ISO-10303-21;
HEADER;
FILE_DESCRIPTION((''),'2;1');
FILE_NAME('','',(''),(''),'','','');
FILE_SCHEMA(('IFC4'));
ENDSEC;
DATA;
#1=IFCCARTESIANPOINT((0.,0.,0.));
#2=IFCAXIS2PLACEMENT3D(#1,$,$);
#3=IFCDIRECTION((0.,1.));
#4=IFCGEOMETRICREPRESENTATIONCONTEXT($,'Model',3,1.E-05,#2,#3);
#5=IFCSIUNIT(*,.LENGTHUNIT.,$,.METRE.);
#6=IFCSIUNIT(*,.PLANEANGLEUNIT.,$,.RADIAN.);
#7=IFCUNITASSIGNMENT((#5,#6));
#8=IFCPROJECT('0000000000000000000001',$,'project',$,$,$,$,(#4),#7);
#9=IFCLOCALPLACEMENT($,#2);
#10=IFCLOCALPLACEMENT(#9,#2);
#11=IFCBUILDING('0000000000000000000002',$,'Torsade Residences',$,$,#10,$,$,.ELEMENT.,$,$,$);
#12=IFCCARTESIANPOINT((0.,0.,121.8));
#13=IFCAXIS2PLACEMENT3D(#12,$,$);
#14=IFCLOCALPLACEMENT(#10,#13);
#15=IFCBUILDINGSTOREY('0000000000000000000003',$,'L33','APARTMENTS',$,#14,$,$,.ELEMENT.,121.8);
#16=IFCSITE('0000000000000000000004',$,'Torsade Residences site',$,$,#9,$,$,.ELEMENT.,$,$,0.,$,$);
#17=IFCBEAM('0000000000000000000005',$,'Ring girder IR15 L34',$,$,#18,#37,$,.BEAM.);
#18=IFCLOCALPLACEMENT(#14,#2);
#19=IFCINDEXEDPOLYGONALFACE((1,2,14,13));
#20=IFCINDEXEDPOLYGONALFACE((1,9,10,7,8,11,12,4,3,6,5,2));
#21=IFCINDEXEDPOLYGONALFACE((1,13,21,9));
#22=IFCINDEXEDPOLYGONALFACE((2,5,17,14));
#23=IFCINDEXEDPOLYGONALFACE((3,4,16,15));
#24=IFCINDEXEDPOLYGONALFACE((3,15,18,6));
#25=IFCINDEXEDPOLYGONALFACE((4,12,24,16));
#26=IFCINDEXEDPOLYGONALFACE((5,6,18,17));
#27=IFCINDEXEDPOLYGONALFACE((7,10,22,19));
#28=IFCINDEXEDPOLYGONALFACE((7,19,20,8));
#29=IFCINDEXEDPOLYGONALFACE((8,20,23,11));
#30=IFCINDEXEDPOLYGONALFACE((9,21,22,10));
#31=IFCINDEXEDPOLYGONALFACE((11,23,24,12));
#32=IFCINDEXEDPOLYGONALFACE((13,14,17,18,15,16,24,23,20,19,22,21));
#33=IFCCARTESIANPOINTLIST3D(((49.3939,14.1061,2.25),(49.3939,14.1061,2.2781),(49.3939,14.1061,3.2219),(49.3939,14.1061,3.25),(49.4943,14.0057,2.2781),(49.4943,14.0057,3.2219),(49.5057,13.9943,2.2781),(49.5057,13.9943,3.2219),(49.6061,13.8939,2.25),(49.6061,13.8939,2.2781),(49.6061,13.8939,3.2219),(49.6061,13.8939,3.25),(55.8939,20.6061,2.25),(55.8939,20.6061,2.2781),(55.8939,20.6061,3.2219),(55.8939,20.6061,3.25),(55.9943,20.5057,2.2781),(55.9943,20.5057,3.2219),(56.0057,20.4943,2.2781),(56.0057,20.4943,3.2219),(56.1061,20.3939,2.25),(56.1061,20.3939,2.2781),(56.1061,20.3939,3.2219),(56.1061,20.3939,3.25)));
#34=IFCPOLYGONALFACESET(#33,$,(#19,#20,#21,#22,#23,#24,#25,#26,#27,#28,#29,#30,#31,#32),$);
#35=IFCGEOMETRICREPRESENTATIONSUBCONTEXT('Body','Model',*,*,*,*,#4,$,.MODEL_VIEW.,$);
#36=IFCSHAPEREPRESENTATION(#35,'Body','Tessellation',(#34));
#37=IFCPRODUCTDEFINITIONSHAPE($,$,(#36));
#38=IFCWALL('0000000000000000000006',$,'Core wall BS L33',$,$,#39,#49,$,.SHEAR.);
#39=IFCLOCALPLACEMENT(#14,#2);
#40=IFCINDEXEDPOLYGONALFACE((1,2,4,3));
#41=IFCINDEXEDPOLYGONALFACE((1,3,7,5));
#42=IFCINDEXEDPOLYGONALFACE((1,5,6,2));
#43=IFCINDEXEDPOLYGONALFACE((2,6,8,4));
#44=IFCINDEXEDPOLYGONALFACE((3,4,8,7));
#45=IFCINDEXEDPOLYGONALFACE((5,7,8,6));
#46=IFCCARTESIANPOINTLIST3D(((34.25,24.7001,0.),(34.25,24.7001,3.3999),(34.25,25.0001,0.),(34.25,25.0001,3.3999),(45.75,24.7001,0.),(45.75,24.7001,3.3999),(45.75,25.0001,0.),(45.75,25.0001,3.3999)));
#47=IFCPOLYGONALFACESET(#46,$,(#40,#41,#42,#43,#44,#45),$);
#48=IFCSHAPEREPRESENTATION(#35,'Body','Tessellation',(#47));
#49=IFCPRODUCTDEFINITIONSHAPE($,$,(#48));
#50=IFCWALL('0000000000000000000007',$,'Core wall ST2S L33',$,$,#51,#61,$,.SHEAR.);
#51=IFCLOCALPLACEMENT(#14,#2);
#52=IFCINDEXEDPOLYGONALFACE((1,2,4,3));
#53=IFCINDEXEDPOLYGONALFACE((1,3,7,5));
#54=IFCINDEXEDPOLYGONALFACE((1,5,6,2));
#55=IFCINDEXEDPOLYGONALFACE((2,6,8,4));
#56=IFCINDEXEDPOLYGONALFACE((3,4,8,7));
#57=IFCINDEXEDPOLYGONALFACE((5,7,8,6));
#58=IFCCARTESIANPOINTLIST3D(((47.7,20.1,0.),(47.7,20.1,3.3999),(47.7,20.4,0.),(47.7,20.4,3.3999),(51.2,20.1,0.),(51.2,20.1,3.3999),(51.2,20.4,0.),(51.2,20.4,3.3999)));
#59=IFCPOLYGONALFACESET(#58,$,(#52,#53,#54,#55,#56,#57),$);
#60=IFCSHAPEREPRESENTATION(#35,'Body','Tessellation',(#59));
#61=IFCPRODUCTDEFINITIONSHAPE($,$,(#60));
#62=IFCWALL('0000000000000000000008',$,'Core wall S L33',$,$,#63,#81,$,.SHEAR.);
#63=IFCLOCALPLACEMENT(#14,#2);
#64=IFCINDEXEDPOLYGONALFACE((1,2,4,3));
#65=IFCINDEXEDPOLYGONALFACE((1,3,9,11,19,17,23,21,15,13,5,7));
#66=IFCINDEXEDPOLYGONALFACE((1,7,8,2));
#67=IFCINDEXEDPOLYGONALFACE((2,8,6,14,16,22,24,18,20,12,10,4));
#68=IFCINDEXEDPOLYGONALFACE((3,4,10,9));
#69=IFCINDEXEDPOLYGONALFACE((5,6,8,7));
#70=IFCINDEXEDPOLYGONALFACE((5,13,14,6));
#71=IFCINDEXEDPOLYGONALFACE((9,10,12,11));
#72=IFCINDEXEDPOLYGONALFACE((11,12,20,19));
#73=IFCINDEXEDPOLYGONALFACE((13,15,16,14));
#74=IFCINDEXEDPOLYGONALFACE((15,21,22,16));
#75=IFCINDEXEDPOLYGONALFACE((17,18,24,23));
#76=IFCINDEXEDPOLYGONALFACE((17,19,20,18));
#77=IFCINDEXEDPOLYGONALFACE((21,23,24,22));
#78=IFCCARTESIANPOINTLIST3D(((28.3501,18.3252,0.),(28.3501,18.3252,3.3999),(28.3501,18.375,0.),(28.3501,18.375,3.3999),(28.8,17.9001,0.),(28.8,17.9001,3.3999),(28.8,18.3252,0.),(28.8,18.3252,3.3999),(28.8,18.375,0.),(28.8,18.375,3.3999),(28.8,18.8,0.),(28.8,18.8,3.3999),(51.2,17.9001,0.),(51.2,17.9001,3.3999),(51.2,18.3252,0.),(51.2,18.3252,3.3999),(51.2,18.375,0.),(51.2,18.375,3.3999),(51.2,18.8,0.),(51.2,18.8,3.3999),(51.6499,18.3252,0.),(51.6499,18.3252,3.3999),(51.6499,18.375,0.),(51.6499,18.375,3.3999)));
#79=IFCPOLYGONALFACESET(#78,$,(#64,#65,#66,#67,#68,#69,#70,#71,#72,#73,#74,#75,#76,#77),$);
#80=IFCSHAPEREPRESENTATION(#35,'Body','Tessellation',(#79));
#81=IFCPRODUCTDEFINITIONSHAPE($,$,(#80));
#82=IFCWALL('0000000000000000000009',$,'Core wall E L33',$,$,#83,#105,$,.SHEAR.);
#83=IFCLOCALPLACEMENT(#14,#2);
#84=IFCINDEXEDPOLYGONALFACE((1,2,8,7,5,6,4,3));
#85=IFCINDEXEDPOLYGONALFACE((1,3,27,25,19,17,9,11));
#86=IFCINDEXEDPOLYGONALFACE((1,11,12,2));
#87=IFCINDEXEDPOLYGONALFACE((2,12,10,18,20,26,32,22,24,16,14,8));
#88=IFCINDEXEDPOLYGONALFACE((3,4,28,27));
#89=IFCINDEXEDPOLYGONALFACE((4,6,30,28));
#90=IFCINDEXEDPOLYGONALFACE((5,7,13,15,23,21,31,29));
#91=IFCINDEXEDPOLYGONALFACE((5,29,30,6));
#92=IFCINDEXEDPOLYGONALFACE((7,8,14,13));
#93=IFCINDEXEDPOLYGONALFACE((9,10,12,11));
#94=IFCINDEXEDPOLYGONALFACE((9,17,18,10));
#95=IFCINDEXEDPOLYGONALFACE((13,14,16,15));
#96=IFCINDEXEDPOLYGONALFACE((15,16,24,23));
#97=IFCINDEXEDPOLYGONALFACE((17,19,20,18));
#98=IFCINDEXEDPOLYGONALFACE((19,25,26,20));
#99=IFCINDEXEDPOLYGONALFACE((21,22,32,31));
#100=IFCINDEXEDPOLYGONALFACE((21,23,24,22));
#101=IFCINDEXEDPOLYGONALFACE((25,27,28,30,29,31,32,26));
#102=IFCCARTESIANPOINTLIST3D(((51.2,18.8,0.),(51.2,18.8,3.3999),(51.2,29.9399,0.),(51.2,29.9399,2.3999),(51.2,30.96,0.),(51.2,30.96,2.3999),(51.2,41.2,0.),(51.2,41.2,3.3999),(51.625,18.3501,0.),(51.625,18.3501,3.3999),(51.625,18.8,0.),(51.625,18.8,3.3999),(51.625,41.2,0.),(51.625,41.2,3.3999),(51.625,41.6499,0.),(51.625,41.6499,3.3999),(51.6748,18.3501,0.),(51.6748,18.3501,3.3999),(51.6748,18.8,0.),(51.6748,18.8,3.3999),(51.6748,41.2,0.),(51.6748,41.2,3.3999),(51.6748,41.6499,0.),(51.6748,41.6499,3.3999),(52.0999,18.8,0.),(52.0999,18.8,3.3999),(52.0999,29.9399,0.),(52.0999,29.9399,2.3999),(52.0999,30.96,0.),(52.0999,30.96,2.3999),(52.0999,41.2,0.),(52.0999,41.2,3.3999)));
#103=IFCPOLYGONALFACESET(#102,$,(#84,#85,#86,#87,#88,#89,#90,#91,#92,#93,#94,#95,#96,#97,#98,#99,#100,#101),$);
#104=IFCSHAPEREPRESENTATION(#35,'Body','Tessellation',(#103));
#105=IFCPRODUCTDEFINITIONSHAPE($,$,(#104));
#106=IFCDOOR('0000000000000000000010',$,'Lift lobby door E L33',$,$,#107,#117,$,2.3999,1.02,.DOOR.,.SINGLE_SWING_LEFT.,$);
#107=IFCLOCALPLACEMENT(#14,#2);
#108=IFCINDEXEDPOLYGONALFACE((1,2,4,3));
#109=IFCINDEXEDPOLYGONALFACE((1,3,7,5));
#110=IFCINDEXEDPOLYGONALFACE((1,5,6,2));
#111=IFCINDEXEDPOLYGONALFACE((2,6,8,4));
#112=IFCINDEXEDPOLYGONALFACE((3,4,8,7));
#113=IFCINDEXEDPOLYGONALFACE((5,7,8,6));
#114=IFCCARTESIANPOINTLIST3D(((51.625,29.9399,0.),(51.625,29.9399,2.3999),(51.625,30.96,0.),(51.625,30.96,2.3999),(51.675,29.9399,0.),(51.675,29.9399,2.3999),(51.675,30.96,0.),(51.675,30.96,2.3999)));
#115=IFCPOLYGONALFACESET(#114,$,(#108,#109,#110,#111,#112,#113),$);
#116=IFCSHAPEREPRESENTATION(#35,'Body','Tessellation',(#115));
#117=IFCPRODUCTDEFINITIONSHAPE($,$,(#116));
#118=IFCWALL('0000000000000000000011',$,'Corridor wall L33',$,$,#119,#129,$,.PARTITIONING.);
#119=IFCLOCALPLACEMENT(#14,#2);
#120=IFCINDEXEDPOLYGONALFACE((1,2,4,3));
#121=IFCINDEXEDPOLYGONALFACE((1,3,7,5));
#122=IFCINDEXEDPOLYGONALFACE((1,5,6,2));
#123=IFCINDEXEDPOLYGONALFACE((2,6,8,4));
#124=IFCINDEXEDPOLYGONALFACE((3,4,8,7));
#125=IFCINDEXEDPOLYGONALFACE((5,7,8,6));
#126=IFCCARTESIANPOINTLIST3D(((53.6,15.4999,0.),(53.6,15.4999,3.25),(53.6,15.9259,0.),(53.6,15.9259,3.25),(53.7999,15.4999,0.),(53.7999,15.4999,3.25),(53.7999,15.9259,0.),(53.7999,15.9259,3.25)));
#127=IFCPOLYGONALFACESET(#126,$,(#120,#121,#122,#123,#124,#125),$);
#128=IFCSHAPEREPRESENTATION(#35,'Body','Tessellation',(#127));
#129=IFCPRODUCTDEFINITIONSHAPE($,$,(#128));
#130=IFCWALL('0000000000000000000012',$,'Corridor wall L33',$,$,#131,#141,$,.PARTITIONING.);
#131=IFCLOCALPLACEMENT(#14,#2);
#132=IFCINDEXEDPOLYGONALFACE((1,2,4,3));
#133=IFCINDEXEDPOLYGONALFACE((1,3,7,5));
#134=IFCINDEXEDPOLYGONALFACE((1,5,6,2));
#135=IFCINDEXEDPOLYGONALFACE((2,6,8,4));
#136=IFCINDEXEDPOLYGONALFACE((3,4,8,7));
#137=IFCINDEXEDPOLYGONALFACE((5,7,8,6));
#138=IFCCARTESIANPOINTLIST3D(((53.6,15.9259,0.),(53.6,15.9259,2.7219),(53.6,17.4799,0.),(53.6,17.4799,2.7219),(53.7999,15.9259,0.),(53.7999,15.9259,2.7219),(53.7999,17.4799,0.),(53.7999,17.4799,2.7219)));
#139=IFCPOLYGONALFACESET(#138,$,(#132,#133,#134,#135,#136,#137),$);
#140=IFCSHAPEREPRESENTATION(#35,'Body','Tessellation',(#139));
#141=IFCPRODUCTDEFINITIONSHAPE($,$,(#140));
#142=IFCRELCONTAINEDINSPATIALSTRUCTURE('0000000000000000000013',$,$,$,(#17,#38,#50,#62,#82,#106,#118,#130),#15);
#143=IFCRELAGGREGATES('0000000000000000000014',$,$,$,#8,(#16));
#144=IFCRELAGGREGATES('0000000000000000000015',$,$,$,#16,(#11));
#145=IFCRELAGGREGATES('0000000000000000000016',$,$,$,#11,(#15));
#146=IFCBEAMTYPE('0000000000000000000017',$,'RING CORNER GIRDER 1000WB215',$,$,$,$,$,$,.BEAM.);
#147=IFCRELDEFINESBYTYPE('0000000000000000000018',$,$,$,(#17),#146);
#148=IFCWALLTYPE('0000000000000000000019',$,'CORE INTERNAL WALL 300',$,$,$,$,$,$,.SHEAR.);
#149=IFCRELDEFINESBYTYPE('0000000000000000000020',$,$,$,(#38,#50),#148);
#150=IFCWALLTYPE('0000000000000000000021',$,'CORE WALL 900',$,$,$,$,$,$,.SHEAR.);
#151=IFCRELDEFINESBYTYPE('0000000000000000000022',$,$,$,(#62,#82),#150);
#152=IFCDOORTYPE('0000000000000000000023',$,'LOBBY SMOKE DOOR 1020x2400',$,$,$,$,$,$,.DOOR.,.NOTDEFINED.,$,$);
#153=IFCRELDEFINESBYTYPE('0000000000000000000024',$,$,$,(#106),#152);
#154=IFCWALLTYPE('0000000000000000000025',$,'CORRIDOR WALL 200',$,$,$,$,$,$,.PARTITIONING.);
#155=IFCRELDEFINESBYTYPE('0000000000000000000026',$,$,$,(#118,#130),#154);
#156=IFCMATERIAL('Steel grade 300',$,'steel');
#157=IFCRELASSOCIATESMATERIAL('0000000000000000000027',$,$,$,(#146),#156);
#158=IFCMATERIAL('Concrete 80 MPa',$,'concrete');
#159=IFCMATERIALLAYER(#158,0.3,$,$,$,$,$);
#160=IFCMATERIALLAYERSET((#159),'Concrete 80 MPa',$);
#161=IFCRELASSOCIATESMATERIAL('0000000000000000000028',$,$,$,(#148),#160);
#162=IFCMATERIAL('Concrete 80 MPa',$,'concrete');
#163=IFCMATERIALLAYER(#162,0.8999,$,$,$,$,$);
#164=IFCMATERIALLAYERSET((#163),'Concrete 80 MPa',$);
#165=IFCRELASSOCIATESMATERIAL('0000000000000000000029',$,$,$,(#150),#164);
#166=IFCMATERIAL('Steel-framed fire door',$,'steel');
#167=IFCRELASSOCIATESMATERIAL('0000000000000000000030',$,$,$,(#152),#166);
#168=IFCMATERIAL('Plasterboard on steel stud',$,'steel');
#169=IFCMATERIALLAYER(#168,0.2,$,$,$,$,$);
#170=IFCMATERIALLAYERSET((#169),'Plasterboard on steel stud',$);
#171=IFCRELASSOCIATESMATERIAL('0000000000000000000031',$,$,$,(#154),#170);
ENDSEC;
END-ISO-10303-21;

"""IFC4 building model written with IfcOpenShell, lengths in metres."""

from ifc_helpers import new_model, si_unit, direction, frame, frame_2d, origin, origin_2d, place, context, subcontext, project, spatial, polyline, rectangle, i_section, outline, extrude, material, layer, layer_set, material_profile, profile_set, type_object, element, fill, save


model = new_model("IFC4")

# Units and contexts
model_context = context("Model", 3, precision=1e-05, world=origin(), true_north=direction((0.0, 1.0)))
body_context = subcontext(model_context, "Body", "Model", "MODEL_VIEW")
ifc_project = project(units=[si_unit("LENGTHUNIT", "METRE"), si_unit("PLANEANGLEUNIT", "RADIAN")], contexts=[model_context])

# Site, building, storey
site_placement = place(None, origin())
site = spatial("IfcSite", under=ifc_project, at=site_placement, Name="Torsade Residences site", CompositionType="ELEMENT", RefElevation=0.0)
building_placement = place(site_placement, origin())
building = spatial("IfcBuilding", under=site, at=building_placement, Name="Torsade Residences", CompositionType="ELEMENT")
storey_placement = place(building_placement, frame((0.0, 0.0, 121.8)))
storey = spatial("IfcBuildingStorey", under=building, at=storey_placement, Name="L33", Description="APARTMENTS", CompositionType="ELEMENT", Elevation=121.8)

# Beam
ifc_material_1 = material(Name="Steel grade 300", Category="steel")
ifc_material_profile_1 = material_profile(ifc_material_1, i_section(OverallWidth=0.3, OverallDepth=1.0, WebThickness=0.0161, FlangeThickness=0.0281, at=origin_2d()), Name="1000WB215")
ifc_profile_set_1 = profile_set([ifc_material_profile_1], Name="Steel grade 300")
beam_type_1 = type_object("IfcBeamType", Name="RING CORNER GIRDER 1000WB215", PredefinedType="BEAM", material=ifc_profile_set_1)
beam_1_placement = place(storey_placement, frame((49.5, 14.0, 2.75), z_axis=(0.707107, 0.707107, 0.0), x_axis=(-0.707107, 0.707107, 0.0)))
element("IfcBeam", 1, at=beam_1_placement, inside=storey, type_object=beam_type_1, Name="Ring girder IR15 L34", PredefinedType="BEAM", context=body_context, shape_type="SweptSolid", body=[
    extrude(i_section(OverallWidth=0.3, OverallDepth=1.0, WebThickness=0.0161, FlangeThickness=0.0281, at=origin_2d()), origin(), (0.0, 0.0, 1.0), 9.1924),
])

# Walls
ifc_material_2 = material(Name="Concrete 80 MPa", Category="concrete")
ifc_layer_1 = layer(ifc_material_2, 0.3)
ifc_layer_set_1 = layer_set([ifc_layer_1], Name="Concrete 80 MPa")
wall_type_1 = type_object("IfcWallType", Name="CORE INTERNAL WALL 300", PredefinedType="SHEAR", material=ifc_layer_set_1)
wall_1_placement = place(storey_placement, frame((45.75, 24.8501, 0.0), z_axis=(0.0, 0.0, 1.0), x_axis=(-1.0, 0.0, 0.0)))
element("IfcWall", 2, at=wall_1_placement, inside=storey, type_object=wall_type_1, Name="Core wall BS L33", PredefinedType="SHEAR", context=body_context, shape_type="SweptSolid", body=[
    extrude(rectangle(XDim=11.5, YDim=0.3, at=frame_2d((5.75, 0.0))), origin(), (0.0, 0.0, 1.0), 3.3999),
])
wall_2_placement = place(storey_placement, frame((51.2, 20.25, 0.0), z_axis=(0.0, 0.0, 1.0), x_axis=(-1.0, 0.0, 0.0)))
element("IfcWall", 3, at=wall_2_placement, inside=storey, type_object=wall_type_1, Name="Core wall ST2S L33", PredefinedType="SHEAR", context=body_context, shape_type="SweptSolid", body=[
    extrude(rectangle(XDim=3.5, YDim=0.3, at=frame_2d((1.75, 0.0))), origin(), (0.0, 0.0, 1.0), 3.3999),
])
ifc_material_3 = material(Name="Concrete 80 MPa", Category="concrete")
ifc_layer_2 = layer(ifc_material_3, 0.8999)
ifc_layer_set_2 = layer_set([ifc_layer_2], Name="Concrete 80 MPa")
wall_type_2 = type_object("IfcWallType", Name="CORE WALL 900", PredefinedType="SHEAR", material=ifc_layer_set_2)
wall_3_placement = place(storey_placement, frame((51.2, 18.3501, 0.0), z_axis=(0.0, 0.0, 1.0), x_axis=(-1.0, 0.0, 0.0)))
element("IfcWall", 4, at=wall_3_placement, inside=storey, type_object=wall_type_2, Name="Core wall S L33", PredefinedType="SHEAR", context=body_context, shape_type="SweptSolid", body=[
    extrude(outline(polyline([(0.0, -0.45), (22.3999, -0.45), (22.3999, -0.0249), (22.8499, -0.0249), (22.8499, 0.0249), (22.3999, 0.0249), (22.3999, 0.45), (0.0, 0.45), (0.0, 0.0249), (-0.45, 0.0249), (-0.45, -0.0249), (0.0, -0.0249), (0.0, -0.45)])), origin(), (0.0, 0.0, 1.0), 3.3999),
])

# Wall, opening, door
wall_4_placement = place(storey_placement, frame((51.6499, 18.8, 0.0), z_axis=(0.0, 0.0, 1.0), x_axis=(0.0, 1.0, 0.0)))
wall_4 = element("IfcWall", 5, at=wall_4_placement, inside=storey, type_object=wall_type_2, Name="Core wall E L33", PredefinedType="SHEAR", context=body_context, shape_type="SweptSolid", body=[
    extrude(outline(polyline([(0.0, -0.45), (22.3999, -0.45), (22.3999, -0.0249), (22.8499, -0.0249), (22.8499, 0.0249), (22.3999, 0.0249), (22.3999, 0.45), (0.0, 0.45), (0.0, 0.0249), (-0.45, 0.0249), (-0.45, -0.0249), (0.0, -0.0249), (0.0, -0.45)])), origin(), (0.0, 0.0, 1.0), 3.3999),
])
opening_1_placement = place(wall_4_placement, frame((11.1399, 0.0, 0.0)))
opening_1 = element("IfcOpeningElement", 6, at=opening_1_placement, cuts=wall_4, PredefinedType="OPENING", context=body_context, shape_type="SweptSolid", body=[
    extrude(rectangle(XDim=1.02, YDim=2.3999, at=frame_2d((0.51, 1.2))), frame((0.0, 0.46, 0.0), z_axis=(0.0, -1.0, 0.0), x_axis=(1.0, 0.0, 0.0)), (0.0, 0.0, 1.0), 0.9199),
])
ifc_material_4 = material(Name="Steel-framed fire door", Category="steel")
door_type_1 = type_object("IfcDoorType", Name="LOBBY SMOKE DOOR 1020x2400", OperationType="NOTDEFINED", PredefinedType="DOOR", material=ifc_material_4)
door_1_placement = place(opening_1_placement, origin())
door_1 = element("IfcDoor", 7, at=door_1_placement, inside=storey, type_object=door_type_1, Name="Lift lobby door E L33", OperationType="SINGLE_SWING_LEFT", OverallHeight=2.3999, OverallWidth=1.02, PredefinedType="DOOR", context=body_context, shape_type="SweptSolid", body=[
    extrude(rectangle(XDim=1.02, YDim=2.3999, at=frame_2d((0.51, 1.2))), frame((0.0, 0.0249, 0.0), z_axis=(0.0, -1.0, 0.0), x_axis=(1.0, 0.0, 0.0)), (0.0, 0.0, 1.0), 0.05),
])
fill(opening_1, door_1)

# Walls
ifc_material_5 = material(Name="Plasterboard on steel stud", Category="steel")
ifc_layer_3 = layer(ifc_material_5, 0.2)
ifc_layer_set_3 = layer_set([ifc_layer_3], Name="Plasterboard on steel stud")
wall_type_3 = type_object("IfcWallType", Name="CORRIDOR WALL 200", PredefinedType="PARTITIONING", material=ifc_layer_set_3)
wall_5_placement = place(storey_placement, frame((53.7, 15.5, 0.0), z_axis=(0.0, 0.0, 1.0), x_axis=(0.0, 1.0, 0.0)))
element("IfcWall", 8, at=wall_5_placement, inside=storey, type_object=wall_type_3, Name="Corridor wall L33", PredefinedType="PARTITIONING", context=body_context, shape_type="SweptSolid", body=[
    extrude(rectangle(XDim=0.426, YDim=0.2, at=frame_2d((0.2129, 0.0))), origin(), (0.0, 0.0, 1.0), 3.25),
])
wall_6_placement = place(storey_placement, frame((53.7, 15.926, 0.0), z_axis=(0.0, 0.0, 1.0), x_axis=(0.0, 1.0, 0.0)))
element("IfcWall", 9, at=wall_6_placement, inside=storey, type_object=wall_type_3, Name="Corridor wall L33", PredefinedType="PARTITIONING", context=body_context, shape_type="SweptSolid", body=[
    extrude(rectangle(XDim=1.554, YDim=0.2, at=frame_2d((0.7769, 0.0))), origin(), (0.0, 0.0, 1.0), 2.7219),
])

save(model, "model.ifc")
